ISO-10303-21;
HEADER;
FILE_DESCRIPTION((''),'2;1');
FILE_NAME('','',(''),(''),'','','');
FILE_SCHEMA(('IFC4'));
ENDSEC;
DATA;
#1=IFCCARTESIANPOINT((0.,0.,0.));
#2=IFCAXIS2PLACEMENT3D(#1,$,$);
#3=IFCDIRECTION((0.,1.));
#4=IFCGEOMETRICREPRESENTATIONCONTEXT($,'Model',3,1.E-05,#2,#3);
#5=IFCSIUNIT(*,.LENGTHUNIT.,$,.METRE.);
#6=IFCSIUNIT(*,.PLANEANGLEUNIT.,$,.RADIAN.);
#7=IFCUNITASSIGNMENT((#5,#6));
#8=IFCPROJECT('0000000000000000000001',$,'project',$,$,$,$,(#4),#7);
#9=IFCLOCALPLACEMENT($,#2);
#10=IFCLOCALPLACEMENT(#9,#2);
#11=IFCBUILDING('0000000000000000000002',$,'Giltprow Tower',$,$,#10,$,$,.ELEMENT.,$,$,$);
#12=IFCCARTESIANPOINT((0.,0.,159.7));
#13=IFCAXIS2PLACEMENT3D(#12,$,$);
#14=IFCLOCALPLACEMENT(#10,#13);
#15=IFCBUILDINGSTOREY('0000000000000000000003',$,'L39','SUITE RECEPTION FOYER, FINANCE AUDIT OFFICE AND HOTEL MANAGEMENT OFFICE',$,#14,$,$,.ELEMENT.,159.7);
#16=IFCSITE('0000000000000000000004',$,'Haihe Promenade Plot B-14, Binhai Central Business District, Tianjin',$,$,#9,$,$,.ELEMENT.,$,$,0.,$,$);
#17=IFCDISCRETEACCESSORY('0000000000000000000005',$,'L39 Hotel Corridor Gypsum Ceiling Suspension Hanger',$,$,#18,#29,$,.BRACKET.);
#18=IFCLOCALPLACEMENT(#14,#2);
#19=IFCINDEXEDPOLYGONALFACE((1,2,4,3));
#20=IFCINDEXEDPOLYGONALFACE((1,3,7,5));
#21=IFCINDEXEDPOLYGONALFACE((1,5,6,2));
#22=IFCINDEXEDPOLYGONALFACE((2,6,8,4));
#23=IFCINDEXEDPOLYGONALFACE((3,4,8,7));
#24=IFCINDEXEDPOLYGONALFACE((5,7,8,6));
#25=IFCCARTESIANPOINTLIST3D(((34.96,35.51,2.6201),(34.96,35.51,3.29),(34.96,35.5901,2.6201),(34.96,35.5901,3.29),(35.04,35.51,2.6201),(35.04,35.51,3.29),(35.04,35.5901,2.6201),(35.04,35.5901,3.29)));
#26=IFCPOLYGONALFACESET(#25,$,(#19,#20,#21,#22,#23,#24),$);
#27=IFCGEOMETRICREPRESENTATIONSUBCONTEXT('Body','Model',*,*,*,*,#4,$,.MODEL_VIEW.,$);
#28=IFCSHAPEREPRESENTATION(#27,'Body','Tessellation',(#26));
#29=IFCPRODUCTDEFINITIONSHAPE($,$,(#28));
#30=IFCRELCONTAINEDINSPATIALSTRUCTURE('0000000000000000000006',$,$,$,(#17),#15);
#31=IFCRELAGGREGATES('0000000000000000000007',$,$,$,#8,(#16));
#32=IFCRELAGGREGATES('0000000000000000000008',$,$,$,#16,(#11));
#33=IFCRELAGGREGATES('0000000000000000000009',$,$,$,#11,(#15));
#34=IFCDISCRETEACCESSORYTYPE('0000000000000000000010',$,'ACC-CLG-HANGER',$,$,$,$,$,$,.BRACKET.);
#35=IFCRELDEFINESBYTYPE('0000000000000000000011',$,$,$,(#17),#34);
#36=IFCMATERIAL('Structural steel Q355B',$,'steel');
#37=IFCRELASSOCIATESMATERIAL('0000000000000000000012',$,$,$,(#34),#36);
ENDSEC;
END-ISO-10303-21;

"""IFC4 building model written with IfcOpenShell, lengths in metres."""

from ifc_helpers import new_model, si_unit, direction, frame, origin, origin_2d, place, context, subcontext, project, spatial, rectangle, extrude, source, transform, mapped, material, type_object, element, save


model = new_model("IFC4")

# Units and contexts
model_context = context("Model", 3, precision=1e-05, world=origin(), true_north=direction((0.0, 1.0)))
body_context = subcontext(model_context, "Body", "Model", "MODEL_VIEW")
ifc_project = project(units=[si_unit("LENGTHUNIT", "METRE"), si_unit("PLANEANGLEUNIT", "RADIAN")], contexts=[model_context])

# Site, building, storey
site_placement = place(None, origin())
site = spatial("IfcSite", under=ifc_project, at=site_placement, Name="Haihe Promenade Plot B-14, Binhai Central Business District, Tianjin", CompositionType="ELEMENT", RefElevation=0.0)
building_placement = place(site_placement, origin())
building = spatial("IfcBuilding", under=site, at=building_placement, Name="Giltprow Tower", CompositionType="ELEMENT")
storey_placement = place(building_placement, frame((0.0, 0.0, 159.7)))
storey = spatial("IfcBuildingStorey", under=building, at=storey_placement, Name="L39", Description="SUITE RECEPTION FOYER, FINANCE AUDIT OFFICE AND HOTEL MANAGEMENT OFFICE", CompositionType="ELEMENT", Elevation=159.7)

# Shared definitions
ifc_material_1 = material(Name="Structural steel Q355B", Category="steel")

# Discrete accessory
discrete_accessory_type = type_object("IfcDiscreteAccessoryType", Name="ACC-CLG-HANGER", PredefinedType="BRACKET", material=ifc_material_1)
shared_shape_1 = source(origin(), body_context, "Body", "SweptSolid", [
    extrude(rectangle(XDim=0.0801, YDim=0.0801, at=origin_2d()), origin(), (0.0, 0.0, 1.0), 0.6699),
])
discrete_accessory_placement = place(storey_placement, frame((35.0, 35.55, 2.6201), z_axis=(0.0, 0.0, 1.0), x_axis=(1.0, 0.0, 0.0)))
element("IfcDiscreteAccessory", 1, at=discrete_accessory_placement, inside=storey, type_object=discrete_accessory_type, Name="L39 Hotel Corridor Gypsum Ceiling Suspension Hanger", PredefinedType="BRACKET", context=body_context, shape_type="MappedRepresentation", body=[
    mapped(shared_shape_1, transform((0.0, 0.0, 0.0), x_axis=(1.0, 0.0, 0.0), y_axis=(0.0, 1.0, 0.0), z_axis=(0.0, 0.0, 1.0), scale=1.0)),
])

save(model, "model.ifc")
